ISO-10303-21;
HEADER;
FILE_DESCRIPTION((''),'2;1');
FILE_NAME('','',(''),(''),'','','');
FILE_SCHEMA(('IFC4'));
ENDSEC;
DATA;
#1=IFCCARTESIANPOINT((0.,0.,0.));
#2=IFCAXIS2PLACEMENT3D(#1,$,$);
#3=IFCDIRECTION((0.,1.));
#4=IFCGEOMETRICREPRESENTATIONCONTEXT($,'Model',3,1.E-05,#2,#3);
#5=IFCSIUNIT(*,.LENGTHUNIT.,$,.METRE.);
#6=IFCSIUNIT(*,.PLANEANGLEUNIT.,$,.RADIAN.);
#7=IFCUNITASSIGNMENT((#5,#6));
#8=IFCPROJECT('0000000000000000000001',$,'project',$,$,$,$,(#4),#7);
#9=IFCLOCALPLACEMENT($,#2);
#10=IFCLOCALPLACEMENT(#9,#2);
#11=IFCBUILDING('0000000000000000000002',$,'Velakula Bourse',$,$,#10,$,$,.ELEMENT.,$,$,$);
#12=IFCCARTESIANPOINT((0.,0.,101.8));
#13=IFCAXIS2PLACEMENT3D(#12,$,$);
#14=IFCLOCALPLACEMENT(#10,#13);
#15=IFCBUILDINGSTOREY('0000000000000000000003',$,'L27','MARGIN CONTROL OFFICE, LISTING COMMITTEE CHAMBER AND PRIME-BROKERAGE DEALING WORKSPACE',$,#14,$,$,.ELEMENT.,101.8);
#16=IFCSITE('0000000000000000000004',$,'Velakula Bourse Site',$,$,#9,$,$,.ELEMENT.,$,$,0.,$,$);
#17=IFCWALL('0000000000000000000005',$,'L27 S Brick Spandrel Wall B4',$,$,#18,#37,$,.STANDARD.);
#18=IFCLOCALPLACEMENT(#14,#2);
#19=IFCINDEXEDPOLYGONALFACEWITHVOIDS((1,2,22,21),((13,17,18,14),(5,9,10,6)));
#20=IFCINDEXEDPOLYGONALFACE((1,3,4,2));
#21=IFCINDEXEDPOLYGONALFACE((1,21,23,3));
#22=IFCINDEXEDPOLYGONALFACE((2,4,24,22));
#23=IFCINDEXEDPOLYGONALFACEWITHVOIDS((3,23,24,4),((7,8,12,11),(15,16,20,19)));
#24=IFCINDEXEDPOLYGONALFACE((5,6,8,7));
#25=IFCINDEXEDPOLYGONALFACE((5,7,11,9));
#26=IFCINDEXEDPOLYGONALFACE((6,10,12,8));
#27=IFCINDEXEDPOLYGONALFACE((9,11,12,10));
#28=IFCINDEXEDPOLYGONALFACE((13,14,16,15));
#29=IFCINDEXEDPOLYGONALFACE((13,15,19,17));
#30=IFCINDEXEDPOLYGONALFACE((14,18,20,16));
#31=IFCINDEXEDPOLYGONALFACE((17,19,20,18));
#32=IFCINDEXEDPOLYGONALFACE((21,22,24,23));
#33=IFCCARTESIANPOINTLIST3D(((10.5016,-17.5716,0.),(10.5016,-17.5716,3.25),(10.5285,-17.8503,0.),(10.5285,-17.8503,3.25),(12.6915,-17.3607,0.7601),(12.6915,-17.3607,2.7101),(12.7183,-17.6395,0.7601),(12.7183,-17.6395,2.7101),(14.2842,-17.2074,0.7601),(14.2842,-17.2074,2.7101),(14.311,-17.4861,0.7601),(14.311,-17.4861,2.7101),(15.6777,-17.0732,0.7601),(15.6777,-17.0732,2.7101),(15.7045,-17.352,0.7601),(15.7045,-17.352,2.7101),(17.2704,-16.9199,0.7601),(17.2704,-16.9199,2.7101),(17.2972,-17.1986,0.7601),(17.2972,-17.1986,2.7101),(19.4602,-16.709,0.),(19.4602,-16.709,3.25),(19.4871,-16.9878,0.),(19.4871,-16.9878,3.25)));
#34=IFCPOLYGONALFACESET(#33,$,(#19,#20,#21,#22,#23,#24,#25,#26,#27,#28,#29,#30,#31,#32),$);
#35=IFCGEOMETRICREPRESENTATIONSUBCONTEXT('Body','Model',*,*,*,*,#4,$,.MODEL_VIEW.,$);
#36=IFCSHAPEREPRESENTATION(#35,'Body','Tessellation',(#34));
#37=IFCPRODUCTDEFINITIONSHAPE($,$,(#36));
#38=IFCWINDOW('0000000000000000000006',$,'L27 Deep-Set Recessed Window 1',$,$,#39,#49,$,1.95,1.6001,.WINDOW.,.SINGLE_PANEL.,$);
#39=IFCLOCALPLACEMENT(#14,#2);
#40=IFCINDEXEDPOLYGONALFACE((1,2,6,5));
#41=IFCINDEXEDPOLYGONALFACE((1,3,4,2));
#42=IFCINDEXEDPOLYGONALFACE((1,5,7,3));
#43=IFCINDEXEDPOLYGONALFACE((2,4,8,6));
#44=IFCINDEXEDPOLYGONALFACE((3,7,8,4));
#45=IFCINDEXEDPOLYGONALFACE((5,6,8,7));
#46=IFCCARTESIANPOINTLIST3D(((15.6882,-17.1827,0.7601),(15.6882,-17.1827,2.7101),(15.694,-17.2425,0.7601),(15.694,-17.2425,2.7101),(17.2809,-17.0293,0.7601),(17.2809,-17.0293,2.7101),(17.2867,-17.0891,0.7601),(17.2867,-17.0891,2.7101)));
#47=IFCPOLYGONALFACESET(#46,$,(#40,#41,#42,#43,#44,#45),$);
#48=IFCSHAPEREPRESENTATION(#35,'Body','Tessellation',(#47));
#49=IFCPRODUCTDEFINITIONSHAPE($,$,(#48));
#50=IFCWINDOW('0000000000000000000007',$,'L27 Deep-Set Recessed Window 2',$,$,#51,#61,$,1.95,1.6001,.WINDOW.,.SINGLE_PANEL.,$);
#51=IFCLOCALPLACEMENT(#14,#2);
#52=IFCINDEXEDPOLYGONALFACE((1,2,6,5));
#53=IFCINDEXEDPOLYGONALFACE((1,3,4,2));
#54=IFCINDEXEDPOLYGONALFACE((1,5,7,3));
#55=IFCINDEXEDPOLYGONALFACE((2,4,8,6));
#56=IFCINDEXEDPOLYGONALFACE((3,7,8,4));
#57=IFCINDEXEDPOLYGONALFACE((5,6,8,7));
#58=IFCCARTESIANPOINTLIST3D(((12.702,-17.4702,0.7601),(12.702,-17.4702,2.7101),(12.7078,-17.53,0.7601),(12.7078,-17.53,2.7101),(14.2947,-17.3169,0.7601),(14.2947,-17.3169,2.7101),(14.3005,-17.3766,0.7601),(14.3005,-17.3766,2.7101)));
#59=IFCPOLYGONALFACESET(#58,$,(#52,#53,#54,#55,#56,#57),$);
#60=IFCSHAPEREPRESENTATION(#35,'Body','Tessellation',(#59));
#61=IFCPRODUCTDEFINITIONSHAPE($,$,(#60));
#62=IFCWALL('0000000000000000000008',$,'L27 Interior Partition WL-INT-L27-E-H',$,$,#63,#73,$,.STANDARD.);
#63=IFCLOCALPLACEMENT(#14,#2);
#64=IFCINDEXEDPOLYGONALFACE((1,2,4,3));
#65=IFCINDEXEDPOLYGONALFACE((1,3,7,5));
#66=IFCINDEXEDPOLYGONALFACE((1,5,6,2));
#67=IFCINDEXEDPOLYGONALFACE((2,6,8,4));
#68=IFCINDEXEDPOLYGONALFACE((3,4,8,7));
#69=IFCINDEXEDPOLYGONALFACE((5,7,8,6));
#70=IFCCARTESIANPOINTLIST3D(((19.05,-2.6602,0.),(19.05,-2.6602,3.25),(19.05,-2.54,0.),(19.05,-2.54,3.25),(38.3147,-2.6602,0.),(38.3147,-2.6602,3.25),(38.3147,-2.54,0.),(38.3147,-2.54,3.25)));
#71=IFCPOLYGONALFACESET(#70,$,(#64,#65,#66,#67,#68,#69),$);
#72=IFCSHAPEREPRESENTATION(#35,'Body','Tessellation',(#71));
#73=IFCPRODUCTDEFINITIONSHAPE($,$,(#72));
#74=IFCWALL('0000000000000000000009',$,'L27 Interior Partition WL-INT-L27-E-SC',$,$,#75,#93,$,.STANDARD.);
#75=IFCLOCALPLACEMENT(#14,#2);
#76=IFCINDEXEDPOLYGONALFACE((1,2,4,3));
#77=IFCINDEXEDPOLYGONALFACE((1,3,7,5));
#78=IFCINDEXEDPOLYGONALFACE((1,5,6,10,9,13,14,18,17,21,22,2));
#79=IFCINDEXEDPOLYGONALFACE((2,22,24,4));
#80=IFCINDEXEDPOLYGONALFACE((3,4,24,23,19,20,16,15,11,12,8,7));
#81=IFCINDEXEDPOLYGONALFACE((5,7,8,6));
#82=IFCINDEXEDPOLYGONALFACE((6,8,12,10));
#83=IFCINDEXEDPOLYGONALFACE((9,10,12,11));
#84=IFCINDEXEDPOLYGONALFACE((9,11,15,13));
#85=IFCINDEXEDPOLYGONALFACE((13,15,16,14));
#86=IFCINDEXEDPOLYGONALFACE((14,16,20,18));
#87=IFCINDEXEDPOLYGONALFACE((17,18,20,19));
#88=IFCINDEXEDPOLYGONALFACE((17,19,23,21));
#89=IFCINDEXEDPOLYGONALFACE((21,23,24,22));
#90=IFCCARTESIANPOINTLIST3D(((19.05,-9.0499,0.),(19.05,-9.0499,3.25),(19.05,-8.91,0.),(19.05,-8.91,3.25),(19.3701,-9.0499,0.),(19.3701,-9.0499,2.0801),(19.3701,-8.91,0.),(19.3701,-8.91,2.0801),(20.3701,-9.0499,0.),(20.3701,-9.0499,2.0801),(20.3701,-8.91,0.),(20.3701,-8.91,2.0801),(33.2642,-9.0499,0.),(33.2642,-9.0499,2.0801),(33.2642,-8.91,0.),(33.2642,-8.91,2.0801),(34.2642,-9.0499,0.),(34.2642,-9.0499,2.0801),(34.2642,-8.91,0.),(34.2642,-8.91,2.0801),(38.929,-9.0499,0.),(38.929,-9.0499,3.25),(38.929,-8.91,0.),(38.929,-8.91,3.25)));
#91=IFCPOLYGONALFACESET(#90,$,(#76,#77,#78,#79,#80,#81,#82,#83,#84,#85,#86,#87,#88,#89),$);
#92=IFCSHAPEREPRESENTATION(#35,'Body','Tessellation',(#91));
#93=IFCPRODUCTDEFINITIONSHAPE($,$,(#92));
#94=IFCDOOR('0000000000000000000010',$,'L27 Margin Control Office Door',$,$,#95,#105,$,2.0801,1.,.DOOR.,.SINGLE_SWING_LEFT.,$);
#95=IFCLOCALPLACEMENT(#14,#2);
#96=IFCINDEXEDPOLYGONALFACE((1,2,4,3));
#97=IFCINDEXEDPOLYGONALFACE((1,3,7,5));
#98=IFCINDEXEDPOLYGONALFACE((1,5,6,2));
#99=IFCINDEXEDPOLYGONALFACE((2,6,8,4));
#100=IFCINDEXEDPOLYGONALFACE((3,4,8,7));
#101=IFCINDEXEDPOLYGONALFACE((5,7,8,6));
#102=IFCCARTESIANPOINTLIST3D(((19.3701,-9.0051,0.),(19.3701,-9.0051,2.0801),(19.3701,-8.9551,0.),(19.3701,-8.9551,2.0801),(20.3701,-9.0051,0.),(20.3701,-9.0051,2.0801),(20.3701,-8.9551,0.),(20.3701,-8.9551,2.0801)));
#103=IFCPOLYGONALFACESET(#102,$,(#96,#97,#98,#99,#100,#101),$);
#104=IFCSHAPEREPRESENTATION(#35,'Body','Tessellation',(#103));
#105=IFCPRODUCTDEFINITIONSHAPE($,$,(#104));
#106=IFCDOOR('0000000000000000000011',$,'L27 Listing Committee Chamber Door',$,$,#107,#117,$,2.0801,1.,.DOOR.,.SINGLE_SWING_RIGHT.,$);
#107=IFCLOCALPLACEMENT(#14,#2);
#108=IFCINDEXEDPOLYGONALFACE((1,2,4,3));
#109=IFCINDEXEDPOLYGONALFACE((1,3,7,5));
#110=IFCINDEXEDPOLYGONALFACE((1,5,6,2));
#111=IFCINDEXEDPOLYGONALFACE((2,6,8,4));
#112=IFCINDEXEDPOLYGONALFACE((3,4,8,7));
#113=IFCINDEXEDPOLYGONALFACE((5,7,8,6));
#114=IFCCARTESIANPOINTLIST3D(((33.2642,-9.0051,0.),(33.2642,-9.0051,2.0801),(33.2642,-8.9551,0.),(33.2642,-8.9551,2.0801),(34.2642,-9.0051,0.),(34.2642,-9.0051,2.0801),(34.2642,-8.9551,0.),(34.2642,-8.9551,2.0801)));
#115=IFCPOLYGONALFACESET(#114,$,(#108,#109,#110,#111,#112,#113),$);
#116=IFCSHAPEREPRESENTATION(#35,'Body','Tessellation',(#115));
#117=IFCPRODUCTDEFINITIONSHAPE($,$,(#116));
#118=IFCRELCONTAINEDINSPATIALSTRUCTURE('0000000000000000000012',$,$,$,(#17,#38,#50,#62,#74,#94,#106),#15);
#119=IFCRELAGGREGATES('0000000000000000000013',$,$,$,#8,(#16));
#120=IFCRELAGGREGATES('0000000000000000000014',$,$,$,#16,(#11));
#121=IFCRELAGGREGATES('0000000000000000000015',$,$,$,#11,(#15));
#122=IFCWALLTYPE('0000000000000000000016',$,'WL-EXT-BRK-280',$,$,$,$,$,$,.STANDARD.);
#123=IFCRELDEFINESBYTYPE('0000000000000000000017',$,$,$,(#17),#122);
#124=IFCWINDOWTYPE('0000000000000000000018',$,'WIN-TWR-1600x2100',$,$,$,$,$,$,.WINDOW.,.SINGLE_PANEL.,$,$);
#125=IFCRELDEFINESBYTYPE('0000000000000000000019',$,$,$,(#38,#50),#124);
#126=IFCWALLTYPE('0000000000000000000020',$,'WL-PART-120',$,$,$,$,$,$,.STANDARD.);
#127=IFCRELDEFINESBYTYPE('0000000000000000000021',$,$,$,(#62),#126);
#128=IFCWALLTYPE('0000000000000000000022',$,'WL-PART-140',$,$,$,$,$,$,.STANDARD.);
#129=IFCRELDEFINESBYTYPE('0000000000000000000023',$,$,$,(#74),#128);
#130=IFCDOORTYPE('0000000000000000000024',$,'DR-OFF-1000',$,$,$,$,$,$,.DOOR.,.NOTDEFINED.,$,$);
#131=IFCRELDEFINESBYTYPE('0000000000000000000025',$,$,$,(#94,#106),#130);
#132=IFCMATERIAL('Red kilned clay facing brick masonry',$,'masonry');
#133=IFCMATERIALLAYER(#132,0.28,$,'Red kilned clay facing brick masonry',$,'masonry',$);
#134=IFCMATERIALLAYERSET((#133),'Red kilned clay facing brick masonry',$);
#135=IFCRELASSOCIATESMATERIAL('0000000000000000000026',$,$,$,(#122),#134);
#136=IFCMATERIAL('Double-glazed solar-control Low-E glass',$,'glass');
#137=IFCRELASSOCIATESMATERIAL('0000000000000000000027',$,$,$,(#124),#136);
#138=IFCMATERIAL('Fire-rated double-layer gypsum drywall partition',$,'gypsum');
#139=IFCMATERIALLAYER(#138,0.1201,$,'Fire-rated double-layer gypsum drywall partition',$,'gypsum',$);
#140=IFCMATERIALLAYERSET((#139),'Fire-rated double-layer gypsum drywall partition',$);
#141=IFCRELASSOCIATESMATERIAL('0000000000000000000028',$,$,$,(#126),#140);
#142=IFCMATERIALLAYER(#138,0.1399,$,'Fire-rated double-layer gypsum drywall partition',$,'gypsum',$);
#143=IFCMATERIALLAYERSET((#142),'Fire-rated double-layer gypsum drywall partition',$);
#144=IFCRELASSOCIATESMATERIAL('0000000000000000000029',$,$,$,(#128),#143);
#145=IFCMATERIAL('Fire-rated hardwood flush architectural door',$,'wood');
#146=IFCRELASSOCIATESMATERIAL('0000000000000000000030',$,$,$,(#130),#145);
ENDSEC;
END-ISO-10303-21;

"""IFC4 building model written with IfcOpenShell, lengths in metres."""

from ifc_helpers import new_model, si_unit, direction, frame, frame_2d, origin, place, context, subcontext, project, spatial, rectangle, extrude, material, layer, layer_set, type_object, element, fill, save


model = new_model("IFC4")

# Units and contexts
model_context = context("Model", 3, precision=1e-05, world=origin(), true_north=direction((0.0, 1.0)))
body_context = subcontext(model_context, "Body", "Model", "MODEL_VIEW")
ifc_project = project(units=[si_unit("LENGTHUNIT", "METRE"), si_unit("PLANEANGLEUNIT", "RADIAN")], contexts=[model_context])

# Site, building, storey
site_placement = place(None, origin())
site = spatial("IfcSite", under=ifc_project, at=site_placement, Name="Velakula Bourse Site", CompositionType="ELEMENT", RefElevation=0.0)
building_placement = place(site_placement, origin())
building = spatial("IfcBuilding", under=site, at=building_placement, Name="Velakula Bourse", CompositionType="ELEMENT")
storey_placement = place(building_placement, frame((0.0, 0.0, 101.8)))
storey = spatial("IfcBuildingStorey", under=building, at=storey_placement, Name="L27", Description="MARGIN CONTROL OFFICE, LISTING COMMITTEE CHAMBER AND PRIME-BROKERAGE DEALING WORKSPACE", CompositionType="ELEMENT", Elevation=101.8)

# Wall, openings, windows
ifc_material_1 = material(Name="Red kilned clay facing brick masonry", Category="masonry")
ifc_layer_1 = layer(ifc_material_1, 0.28, Name="Red kilned clay facing brick masonry", Category="masonry")
ifc_layer_set_1 = layer_set([ifc_layer_1], Name="Red kilned clay facing brick masonry")
wall_type_1 = type_object("IfcWallType", Name="WL-EXT-BRK-280", PredefinedType="STANDARD", material=ifc_layer_set_1)
wall_1_placement = place(storey_placement, frame((19.4736, -16.8484, 0.0), z_axis=(0.0, 0.0, 1.0), x_axis=(-0.995397, -0.09584, 0.0)))
wall_1 = element("IfcWall", 1, at=wall_1_placement, inside=storey, type_object=wall_type_1, Name="L27 S Brick Spandrel Wall B4", PredefinedType="STANDARD", context=body_context, shape_type="SweptSolid", body=[
    extrude(rectangle(XDim=9.0, YDim=0.28, at=frame_2d((4.5, 0.0))), origin(), (0.0, 0.0, 1.0), 3.25),
])
opening_1_placement = place(wall_1_placement, frame((2.2, 0.0, 0.76)))
opening_1 = element("IfcOpeningElement", 2, at=opening_1_placement, cuts=wall_1, PredefinedType="OPENING", context=body_context, shape_type="SweptSolid", body=[
    extrude(rectangle(XDim=1.6001, YDim=1.95, at=frame_2d((0.8, 0.9751))), frame((0.0, 0.1499, 0.0), z_axis=(0.0, -1.0, 0.0), x_axis=(1.0, 0.0, 0.0)), (0.0, 0.0, 1.0), 0.3),
])
opening_2_placement = place(wall_1_placement, frame((5.2, 0.0, 0.76)))
opening_2 = element("IfcOpeningElement", 3, at=opening_2_placement, cuts=wall_1, PredefinedType="OPENING", context=body_context, shape_type="SweptSolid", body=[
    extrude(rectangle(XDim=1.6001, YDim=1.95, at=frame_2d((0.8, 0.9751))), frame((0.0, 0.1499, 0.0), z_axis=(0.0, -1.0, 0.0), x_axis=(1.0, 0.0, 0.0)), (0.0, 0.0, 1.0), 0.3),
])
ifc_material_2 = material(Name="Double-glazed solar-control Low-E glass", Category="glass")
window_type = type_object("IfcWindowType", Name="WIN-TWR-1600x2100", PartitioningType="SINGLE_PANEL", PredefinedType="WINDOW", material=ifc_material_2)
window_1_placement = place(opening_1_placement, origin())
window_1 = element("IfcWindow", 4, at=window_1_placement, inside=storey, type_object=window_type, Name="L27 Deep-Set Recessed Window 1", OverallHeight=1.95, OverallWidth=1.6001, PartitioningType="SINGLE_PANEL", PredefinedType="WINDOW", context=body_context, shape_type="SweptSolid", body=[
    extrude(rectangle(XDim=1.6001, YDim=1.95, at=frame_2d((0.8, 0.9751))), frame((0.0, 0.03, 0.0), z_axis=(0.0, -1.0, 0.0), x_axis=(1.0, 0.0, 0.0)), (0.0, 0.0, 1.0), 0.0601),
])
fill(opening_1, window_1)
window_2_placement = place(opening_2_placement, origin())
window_2 = element("IfcWindow", 5, at=window_2_placement, inside=storey, type_object=window_type, Name="L27 Deep-Set Recessed Window 2", OverallHeight=1.95, OverallWidth=1.6001, PartitioningType="SINGLE_PANEL", PredefinedType="WINDOW", context=body_context, shape_type="SweptSolid", body=[
    extrude(rectangle(XDim=1.6001, YDim=1.95, at=frame_2d((0.8, 0.9751))), frame((0.0, 0.03, 0.0), z_axis=(0.0, -1.0, 0.0), x_axis=(1.0, 0.0, 0.0)), (0.0, 0.0, 1.0), 0.0601),
])
fill(opening_2, window_2)

# Wall
ifc_material_3 = material(Name="Fire-rated double-layer gypsum drywall partition", Category="gypsum")
ifc_layer_2 = layer(ifc_material_3, 0.1201, Name="Fire-rated double-layer gypsum drywall partition", Category="gypsum")
ifc_layer_set_2 = layer_set([ifc_layer_2], Name="Fire-rated double-layer gypsum drywall partition")
wall_type_2 = type_object("IfcWallType", Name="WL-PART-120", PredefinedType="STANDARD", material=ifc_layer_set_2)
wall_2_placement = place(storey_placement, frame((19.05, -2.6001, 0.0), z_axis=(0.0, 0.0, 1.0), x_axis=(1.0, 0.0, 0.0)))
element("IfcWall", 6, at=wall_2_placement, inside=storey, type_object=wall_type_2, Name="L27 Interior Partition WL-INT-L27-E-H", PredefinedType="STANDARD", context=body_context, shape_type="SweptSolid", body=[
    extrude(rectangle(XDim=19.2646, YDim=0.1201, at=frame_2d((9.6323, 0.0))), origin(), (0.0, 0.0, 1.0), 3.25),
])

# Wall, openings, doors
ifc_layer_3 = layer(ifc_material_3, 0.1399, Name="Fire-rated double-layer gypsum drywall partition", Category="gypsum")
ifc_layer_set_3 = layer_set([ifc_layer_3], Name="Fire-rated double-layer gypsum drywall partition")
wall_type_3 = type_object("IfcWallType", Name="WL-PART-140", PredefinedType="STANDARD", material=ifc_layer_set_3)
wall_3_placement = place(storey_placement, frame((19.05, -8.98, 0.0), z_axis=(0.0, 0.0, 1.0), x_axis=(1.0, 0.0, 0.0)))
wall_3 = element("IfcWall", 7, at=wall_3_placement, inside=storey, type_object=wall_type_3, Name="L27 Interior Partition WL-INT-L27-E-SC", PredefinedType="STANDARD", context=body_context, shape_type="SweptSolid", body=[
    extrude(rectangle(XDim=19.8789, YDim=0.1399, at=frame_2d((9.9395, 0.0))), origin(), (0.0, 0.0, 1.0), 3.25),
])
opening_3_placement = place(wall_3_placement, frame((0.3201, 0.0, 0.0)))
opening_3 = element("IfcOpeningElement", 8, at=opening_3_placement, cuts=wall_3, PredefinedType="OPENING", context=body_context, shape_type="SweptSolid", body=[
    extrude(rectangle(XDim=1.0, YDim=2.0801, at=frame_2d((0.5, 1.04))), frame((0.0, 0.0798, 0.0), z_axis=(0.0, -1.0, 0.0), x_axis=(1.0, 0.0, 0.0)), (0.0, 0.0, 1.0), 0.1599),
])
opening_4_placement = place(wall_3_placement, frame((14.2141, 0.0, 0.0)))
opening_4 = element("IfcOpeningElement", 9, at=opening_4_placement, cuts=wall_3, PredefinedType="OPENING", context=body_context, shape_type="SweptSolid", body=[
    extrude(rectangle(XDim=1.0, YDim=2.0801, at=frame_2d((0.5, 1.04))), frame((0.0, 0.0798, 0.0), z_axis=(0.0, -1.0, 0.0), x_axis=(1.0, 0.0, 0.0)), (0.0, 0.0, 1.0), 0.1599),
])
ifc_material_4 = material(Name="Fire-rated hardwood flush architectural door", Category="wood")
door_type = type_object("IfcDoorType", Name="DR-OFF-1000", OperationType="NOTDEFINED", PredefinedType="DOOR", material=ifc_material_4)
door_1_placement = place(opening_3_placement, origin())
door_1 = element("IfcDoor", 10, at=door_1_placement, inside=storey, type_object=door_type, Name="L27 Margin Control Office Door", OperationType="SINGLE_SWING_LEFT", OverallHeight=2.0801, OverallWidth=1.0, PredefinedType="DOOR", context=body_context, shape_type="SweptSolid", body=[
    extrude(rectangle(XDim=1.0, YDim=2.0801, at=frame_2d((0.5, 1.04))), frame((0.0, 0.0249, 0.0), z_axis=(0.0, -1.0, 0.0), x_axis=(1.0, 0.0, 0.0)), (0.0, 0.0, 1.0), 0.05),
])
fill(opening_3, door_1)
door_2_placement = place(opening_4_placement, origin())
door_2 = element("IfcDoor", 11, at=door_2_placement, inside=storey, type_object=door_type, Name="L27 Listing Committee Chamber Door", OperationType="SINGLE_SWING_RIGHT", OverallHeight=2.0801, OverallWidth=1.0, PredefinedType="DOOR", context=body_context, shape_type="SweptSolid", body=[
    extrude(rectangle(XDim=1.0, YDim=2.0801, at=frame_2d((0.5, 1.04))), frame((0.0, 0.0249, 0.0), z_axis=(0.0, -1.0, 0.0), x_axis=(1.0, 0.0, 0.0)), (0.0, 0.0, 1.0), 0.05),
])
fill(opening_4, door_2)

save(model, "model.ifc")
